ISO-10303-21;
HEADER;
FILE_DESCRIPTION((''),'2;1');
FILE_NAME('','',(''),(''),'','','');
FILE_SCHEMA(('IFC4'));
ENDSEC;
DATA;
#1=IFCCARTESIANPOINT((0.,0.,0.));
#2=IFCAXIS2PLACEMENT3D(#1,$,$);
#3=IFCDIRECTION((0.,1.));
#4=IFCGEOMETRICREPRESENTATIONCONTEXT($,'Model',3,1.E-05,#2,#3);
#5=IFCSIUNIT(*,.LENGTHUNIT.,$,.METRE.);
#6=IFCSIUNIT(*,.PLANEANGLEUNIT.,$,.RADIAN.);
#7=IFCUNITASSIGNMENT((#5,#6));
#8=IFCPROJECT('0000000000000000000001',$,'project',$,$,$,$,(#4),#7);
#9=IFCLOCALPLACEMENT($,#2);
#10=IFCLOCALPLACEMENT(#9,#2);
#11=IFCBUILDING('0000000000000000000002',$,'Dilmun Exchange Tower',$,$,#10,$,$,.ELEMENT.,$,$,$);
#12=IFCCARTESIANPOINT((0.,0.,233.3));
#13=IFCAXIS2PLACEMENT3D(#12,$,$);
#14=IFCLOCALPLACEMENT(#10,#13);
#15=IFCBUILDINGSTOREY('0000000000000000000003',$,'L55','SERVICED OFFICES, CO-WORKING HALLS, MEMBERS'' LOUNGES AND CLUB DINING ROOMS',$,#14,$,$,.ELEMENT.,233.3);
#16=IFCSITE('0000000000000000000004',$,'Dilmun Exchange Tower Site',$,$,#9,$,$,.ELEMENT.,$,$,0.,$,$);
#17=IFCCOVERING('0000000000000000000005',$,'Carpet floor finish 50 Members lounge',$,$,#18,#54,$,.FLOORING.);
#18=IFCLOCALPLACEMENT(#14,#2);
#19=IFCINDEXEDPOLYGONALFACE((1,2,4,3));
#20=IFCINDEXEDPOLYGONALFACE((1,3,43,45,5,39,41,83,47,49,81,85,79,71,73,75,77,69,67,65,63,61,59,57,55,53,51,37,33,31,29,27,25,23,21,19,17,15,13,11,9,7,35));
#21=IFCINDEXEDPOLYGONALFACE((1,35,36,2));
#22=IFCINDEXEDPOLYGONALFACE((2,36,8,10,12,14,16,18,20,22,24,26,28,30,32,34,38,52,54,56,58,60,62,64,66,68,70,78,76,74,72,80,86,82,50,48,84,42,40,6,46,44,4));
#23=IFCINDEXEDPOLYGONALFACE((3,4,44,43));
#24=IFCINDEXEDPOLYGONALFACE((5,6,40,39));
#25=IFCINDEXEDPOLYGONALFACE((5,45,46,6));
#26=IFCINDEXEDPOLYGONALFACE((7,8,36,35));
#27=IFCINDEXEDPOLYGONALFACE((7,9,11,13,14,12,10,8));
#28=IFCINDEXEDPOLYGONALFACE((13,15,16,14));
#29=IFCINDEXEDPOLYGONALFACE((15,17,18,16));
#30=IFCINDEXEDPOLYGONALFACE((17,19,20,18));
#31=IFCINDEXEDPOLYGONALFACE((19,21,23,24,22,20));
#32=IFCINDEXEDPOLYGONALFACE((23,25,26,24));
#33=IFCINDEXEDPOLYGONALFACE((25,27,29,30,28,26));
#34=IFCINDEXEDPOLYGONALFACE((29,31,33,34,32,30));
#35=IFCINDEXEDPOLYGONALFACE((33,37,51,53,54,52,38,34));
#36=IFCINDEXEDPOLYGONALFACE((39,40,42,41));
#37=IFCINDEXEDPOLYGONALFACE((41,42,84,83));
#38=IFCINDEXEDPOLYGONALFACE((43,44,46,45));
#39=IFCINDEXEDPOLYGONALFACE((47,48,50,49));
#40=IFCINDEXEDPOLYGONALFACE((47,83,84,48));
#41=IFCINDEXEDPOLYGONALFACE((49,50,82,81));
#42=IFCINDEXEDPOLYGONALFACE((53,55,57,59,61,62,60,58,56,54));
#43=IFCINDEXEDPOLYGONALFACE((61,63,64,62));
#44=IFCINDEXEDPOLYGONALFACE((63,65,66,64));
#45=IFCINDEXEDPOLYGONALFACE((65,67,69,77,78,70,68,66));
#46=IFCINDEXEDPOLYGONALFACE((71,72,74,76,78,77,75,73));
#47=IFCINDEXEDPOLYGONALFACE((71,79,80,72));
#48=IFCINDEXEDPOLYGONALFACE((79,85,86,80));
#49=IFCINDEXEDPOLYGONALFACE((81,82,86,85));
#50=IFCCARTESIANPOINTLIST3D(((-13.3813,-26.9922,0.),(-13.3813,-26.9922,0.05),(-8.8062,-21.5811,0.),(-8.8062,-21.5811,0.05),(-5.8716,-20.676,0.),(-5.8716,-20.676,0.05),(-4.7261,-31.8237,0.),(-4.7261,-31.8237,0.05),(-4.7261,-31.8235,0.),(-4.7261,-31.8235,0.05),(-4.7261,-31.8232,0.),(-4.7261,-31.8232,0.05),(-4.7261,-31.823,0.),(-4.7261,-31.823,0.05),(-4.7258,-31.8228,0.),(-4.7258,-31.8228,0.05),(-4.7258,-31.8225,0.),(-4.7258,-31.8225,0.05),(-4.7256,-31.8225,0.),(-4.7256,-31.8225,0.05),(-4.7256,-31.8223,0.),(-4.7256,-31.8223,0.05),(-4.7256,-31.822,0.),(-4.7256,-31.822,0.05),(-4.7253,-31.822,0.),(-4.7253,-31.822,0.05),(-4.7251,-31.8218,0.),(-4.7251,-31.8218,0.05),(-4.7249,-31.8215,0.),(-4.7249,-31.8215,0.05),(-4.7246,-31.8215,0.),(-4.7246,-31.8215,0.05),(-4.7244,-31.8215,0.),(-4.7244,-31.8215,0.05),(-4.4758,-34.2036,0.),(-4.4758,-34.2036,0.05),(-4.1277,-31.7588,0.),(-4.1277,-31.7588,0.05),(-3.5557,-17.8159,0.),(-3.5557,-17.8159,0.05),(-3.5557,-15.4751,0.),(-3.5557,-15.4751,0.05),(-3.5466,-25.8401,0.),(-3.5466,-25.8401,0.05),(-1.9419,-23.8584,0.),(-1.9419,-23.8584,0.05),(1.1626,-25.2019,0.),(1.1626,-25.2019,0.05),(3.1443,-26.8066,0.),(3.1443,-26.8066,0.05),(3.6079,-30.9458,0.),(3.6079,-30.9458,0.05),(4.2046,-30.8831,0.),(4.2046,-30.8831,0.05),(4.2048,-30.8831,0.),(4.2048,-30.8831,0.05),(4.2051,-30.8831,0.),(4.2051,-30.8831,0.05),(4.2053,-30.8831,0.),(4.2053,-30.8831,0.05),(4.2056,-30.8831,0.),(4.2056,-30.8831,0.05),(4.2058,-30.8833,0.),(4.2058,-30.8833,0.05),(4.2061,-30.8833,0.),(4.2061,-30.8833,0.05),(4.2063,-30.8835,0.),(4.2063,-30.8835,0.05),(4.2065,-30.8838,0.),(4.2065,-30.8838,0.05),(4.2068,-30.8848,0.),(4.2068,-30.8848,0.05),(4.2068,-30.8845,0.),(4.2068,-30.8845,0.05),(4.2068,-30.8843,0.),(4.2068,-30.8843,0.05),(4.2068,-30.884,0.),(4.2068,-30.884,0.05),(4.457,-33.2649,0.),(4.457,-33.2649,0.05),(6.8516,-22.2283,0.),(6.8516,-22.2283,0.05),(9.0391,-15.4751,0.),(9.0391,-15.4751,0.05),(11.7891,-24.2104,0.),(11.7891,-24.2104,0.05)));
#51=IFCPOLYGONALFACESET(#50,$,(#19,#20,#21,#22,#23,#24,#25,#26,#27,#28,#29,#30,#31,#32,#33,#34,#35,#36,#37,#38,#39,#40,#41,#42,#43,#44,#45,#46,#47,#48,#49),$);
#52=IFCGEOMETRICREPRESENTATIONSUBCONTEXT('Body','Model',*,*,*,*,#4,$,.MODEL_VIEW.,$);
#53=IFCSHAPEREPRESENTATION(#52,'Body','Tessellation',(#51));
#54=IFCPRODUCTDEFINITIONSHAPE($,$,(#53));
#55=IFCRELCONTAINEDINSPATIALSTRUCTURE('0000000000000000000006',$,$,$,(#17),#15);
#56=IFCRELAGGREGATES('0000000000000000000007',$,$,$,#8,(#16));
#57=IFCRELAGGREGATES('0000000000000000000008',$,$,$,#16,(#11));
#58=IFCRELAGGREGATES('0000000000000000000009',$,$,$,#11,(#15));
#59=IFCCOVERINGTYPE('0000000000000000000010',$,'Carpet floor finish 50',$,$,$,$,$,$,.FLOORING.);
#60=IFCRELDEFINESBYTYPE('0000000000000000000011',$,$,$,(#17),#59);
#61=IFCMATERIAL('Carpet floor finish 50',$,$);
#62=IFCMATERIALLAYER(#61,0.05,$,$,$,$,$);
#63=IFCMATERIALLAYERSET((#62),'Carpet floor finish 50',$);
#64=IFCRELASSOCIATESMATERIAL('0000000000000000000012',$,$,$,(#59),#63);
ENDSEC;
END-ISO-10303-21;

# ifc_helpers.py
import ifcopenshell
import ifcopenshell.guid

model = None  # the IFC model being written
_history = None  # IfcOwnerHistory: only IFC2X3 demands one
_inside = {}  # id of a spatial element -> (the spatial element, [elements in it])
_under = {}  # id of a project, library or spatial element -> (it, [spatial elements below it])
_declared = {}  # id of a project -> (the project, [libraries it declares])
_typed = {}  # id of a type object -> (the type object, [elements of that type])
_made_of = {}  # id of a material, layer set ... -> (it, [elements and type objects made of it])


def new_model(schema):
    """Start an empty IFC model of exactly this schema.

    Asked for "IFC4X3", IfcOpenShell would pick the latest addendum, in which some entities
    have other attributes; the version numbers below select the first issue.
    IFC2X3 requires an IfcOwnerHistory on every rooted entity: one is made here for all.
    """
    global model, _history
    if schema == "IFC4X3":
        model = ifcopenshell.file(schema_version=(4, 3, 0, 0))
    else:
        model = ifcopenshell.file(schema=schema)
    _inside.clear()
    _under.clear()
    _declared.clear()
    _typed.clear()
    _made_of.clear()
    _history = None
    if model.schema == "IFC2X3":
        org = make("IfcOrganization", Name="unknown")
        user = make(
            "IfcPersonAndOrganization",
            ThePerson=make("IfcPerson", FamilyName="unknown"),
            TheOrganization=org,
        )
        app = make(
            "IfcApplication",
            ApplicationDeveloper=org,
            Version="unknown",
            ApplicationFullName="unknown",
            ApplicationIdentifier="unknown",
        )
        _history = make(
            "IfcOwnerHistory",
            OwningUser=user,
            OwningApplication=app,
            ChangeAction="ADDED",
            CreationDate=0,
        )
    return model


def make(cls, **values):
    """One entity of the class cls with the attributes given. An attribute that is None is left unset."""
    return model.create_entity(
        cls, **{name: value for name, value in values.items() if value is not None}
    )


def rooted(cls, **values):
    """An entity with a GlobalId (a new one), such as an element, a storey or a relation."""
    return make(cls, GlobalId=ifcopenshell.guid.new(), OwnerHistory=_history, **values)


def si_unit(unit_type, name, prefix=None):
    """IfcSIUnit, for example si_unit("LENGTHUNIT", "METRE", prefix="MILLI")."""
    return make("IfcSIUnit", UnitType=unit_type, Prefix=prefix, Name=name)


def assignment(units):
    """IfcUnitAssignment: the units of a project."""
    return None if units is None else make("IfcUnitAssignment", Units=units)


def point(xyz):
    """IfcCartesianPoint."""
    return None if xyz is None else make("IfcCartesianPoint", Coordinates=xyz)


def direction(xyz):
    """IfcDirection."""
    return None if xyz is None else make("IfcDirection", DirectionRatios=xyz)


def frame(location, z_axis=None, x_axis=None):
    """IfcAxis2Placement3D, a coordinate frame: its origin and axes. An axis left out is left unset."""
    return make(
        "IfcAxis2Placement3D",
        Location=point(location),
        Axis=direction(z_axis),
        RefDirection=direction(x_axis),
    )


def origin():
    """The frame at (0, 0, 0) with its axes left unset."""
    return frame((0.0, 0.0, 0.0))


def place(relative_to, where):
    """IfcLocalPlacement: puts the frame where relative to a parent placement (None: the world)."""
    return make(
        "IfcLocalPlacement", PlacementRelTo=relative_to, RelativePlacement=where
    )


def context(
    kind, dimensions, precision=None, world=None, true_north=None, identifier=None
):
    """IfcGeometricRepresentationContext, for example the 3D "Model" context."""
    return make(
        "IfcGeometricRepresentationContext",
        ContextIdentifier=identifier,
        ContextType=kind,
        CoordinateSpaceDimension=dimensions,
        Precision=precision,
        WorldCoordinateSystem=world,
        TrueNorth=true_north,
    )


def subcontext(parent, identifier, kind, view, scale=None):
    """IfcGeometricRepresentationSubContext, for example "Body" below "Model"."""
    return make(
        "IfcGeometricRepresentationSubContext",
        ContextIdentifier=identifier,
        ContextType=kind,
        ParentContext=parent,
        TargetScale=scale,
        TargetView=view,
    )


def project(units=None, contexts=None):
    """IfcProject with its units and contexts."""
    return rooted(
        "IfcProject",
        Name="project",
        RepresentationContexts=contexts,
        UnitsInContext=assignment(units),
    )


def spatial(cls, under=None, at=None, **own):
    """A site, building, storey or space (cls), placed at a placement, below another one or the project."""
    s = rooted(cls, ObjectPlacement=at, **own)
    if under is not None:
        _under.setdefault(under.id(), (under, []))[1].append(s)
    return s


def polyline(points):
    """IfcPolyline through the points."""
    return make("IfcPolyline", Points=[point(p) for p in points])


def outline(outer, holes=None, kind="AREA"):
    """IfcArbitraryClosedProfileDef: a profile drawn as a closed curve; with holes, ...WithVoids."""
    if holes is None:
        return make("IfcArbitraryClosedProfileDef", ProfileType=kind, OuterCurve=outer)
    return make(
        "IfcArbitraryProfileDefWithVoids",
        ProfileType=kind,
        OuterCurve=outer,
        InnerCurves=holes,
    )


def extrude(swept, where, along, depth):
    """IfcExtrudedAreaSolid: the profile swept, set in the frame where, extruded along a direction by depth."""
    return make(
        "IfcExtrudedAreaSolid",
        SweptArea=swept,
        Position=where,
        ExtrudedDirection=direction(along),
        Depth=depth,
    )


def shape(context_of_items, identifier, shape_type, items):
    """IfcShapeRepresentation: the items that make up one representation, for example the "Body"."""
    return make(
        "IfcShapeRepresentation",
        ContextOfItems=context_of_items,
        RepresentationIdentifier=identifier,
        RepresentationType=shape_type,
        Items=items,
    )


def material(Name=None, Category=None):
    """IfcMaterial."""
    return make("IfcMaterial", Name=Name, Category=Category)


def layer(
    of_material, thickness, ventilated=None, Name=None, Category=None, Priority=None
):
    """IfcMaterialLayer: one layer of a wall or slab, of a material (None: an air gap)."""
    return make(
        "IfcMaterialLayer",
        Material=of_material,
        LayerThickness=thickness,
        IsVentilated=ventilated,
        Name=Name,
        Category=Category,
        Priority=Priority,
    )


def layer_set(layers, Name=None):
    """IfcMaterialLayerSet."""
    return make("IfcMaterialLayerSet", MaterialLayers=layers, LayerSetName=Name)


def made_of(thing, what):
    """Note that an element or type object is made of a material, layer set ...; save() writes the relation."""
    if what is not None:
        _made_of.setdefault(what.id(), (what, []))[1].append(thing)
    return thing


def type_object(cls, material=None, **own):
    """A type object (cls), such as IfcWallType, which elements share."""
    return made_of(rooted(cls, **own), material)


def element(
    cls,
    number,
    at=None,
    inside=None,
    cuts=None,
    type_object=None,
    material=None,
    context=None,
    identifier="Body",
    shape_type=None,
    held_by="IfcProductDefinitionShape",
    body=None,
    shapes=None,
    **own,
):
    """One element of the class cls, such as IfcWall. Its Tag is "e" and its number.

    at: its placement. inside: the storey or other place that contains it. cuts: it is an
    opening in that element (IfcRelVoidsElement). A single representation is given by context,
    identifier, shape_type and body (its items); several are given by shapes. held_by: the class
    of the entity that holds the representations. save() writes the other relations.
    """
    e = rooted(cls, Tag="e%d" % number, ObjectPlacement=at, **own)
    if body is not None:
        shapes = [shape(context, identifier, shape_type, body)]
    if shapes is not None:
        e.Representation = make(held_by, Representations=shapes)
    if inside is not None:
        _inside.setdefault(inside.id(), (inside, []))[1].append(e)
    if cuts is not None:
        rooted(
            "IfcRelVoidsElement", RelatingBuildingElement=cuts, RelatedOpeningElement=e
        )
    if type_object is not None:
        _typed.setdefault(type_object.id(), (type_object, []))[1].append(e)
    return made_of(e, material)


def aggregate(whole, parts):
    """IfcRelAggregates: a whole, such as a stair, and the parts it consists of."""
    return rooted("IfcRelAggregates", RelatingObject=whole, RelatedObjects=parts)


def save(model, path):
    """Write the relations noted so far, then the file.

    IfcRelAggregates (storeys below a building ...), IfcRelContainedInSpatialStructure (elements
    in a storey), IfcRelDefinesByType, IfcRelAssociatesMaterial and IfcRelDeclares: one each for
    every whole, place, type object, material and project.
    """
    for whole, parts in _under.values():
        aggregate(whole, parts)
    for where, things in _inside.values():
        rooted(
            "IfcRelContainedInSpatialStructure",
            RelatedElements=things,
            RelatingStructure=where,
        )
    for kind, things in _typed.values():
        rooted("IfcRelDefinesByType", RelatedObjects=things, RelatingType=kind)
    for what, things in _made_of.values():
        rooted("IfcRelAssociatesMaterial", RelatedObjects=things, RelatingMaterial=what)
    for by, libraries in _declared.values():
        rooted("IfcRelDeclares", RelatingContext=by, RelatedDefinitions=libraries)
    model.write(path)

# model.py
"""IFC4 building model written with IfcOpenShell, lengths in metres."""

from ifc_helpers import new_model, si_unit, direction, frame, origin, place, context, subcontext, project, spatial, polyline, outline, extrude, material, layer, layer_set, type_object, element, save


model = new_model("IFC4")

# Units and contexts
model_context = context("Model", 3, precision=1e-05, world=origin(), true_north=direction((0.0, 1.0)))
body_context = subcontext(model_context, "Body", "Model", "MODEL_VIEW")
ifc_project = project(units=[si_unit("LENGTHUNIT", "METRE"), si_unit("PLANEANGLEUNIT", "RADIAN")], contexts=[model_context])

# Site, building, storey
site_placement = place(None, origin())
site = spatial("IfcSite", under=ifc_project, at=site_placement, Name="Dilmun Exchange Tower Site", CompositionType="ELEMENT", RefElevation=0.0)
building_placement = place(site_placement, origin())
building = spatial("IfcBuilding", under=site, at=building_placement, Name="Dilmun Exchange Tower", CompositionType="ELEMENT")
storey_placement = place(building_placement, frame((0.0, 0.0, 233.3)))
storey = spatial("IfcBuildingStorey", under=building, at=storey_placement, Name="L55", Description="SERVICED OFFICES, CO-WORKING HALLS, MEMBERS' LOUNGES AND CLUB DINING ROOMS", CompositionType="ELEMENT", Elevation=233.3)

# Covering
ifc_material_1 = material(Name="Carpet floor finish 50")
ifc_layer_1 = layer(ifc_material_1, 0.05)
ifc_layer_set_1 = layer_set([ifc_layer_1], Name="Carpet floor finish 50")
covering_type_1 = type_object("IfcCoveringType", Name="Carpet floor finish 50", PredefinedType="FLOORING", material=ifc_layer_set_1)
covering_1_placement = place(storey_placement, origin())
element("IfcCovering", 1, at=covering_1_placement, inside=storey, type_object=covering_type_1, Name="Carpet floor finish 50 Members lounge", PredefinedType="FLOORING", context=body_context, shape_type="SweptSolid", body=[
    extrude(outline(polyline([(-3.5557, -15.4751), (9.0391, -15.4751), (1.1626, -25.2019), (3.1443, -26.8066), (6.8516, -22.2283), (11.7891, -24.2104), (4.457, -33.2649), (4.2068, -30.8848), (4.2068, -30.8845), (4.2068, -30.8845), (4.2068, -30.8843), (4.2068, -30.884), (4.2065, -30.8838), (4.2065, -30.8838), (4.2063, -30.8835), (4.2063, -30.8835), (4.2061, -30.8833), (4.2058, -30.8833), (4.2058, -30.8833), (4.2056, -30.8831), (4.2053, -30.8831), (4.2051, -30.8831), (4.2048, -30.8831), (4.2046, -30.8831), (3.6079, -30.9458), (-4.1277, -31.7588), (-4.7244, -31.8215), (-4.7246, -31.8215), (-4.7246, -31.8215), (-4.7249, -31.8215), (-4.7251, -31.8218), (-4.7251, -31.8218), (-4.7253, -31.822), (-4.7256, -31.822), (-4.7256, -31.8223), (-4.7256, -31.8225), (-4.7258, -31.8225), (-4.7258, -31.8228), (-4.7261, -31.823), (-4.7261, -31.823), (-4.7261, -31.8232), (-4.7261, -31.8235), (-4.7261, -31.8237), (-4.4758, -34.2036), (-13.3813, -26.9922), (-8.8062, -21.5811), (-3.5466, -25.8401), (-1.9419, -23.8584), (-5.8716, -20.676), (-3.5557, -17.8159), (-3.5557, -15.4751)])), origin(), (0.0, 0.0, 1.0), 0.05),
])

save(model, "model.ifc")
